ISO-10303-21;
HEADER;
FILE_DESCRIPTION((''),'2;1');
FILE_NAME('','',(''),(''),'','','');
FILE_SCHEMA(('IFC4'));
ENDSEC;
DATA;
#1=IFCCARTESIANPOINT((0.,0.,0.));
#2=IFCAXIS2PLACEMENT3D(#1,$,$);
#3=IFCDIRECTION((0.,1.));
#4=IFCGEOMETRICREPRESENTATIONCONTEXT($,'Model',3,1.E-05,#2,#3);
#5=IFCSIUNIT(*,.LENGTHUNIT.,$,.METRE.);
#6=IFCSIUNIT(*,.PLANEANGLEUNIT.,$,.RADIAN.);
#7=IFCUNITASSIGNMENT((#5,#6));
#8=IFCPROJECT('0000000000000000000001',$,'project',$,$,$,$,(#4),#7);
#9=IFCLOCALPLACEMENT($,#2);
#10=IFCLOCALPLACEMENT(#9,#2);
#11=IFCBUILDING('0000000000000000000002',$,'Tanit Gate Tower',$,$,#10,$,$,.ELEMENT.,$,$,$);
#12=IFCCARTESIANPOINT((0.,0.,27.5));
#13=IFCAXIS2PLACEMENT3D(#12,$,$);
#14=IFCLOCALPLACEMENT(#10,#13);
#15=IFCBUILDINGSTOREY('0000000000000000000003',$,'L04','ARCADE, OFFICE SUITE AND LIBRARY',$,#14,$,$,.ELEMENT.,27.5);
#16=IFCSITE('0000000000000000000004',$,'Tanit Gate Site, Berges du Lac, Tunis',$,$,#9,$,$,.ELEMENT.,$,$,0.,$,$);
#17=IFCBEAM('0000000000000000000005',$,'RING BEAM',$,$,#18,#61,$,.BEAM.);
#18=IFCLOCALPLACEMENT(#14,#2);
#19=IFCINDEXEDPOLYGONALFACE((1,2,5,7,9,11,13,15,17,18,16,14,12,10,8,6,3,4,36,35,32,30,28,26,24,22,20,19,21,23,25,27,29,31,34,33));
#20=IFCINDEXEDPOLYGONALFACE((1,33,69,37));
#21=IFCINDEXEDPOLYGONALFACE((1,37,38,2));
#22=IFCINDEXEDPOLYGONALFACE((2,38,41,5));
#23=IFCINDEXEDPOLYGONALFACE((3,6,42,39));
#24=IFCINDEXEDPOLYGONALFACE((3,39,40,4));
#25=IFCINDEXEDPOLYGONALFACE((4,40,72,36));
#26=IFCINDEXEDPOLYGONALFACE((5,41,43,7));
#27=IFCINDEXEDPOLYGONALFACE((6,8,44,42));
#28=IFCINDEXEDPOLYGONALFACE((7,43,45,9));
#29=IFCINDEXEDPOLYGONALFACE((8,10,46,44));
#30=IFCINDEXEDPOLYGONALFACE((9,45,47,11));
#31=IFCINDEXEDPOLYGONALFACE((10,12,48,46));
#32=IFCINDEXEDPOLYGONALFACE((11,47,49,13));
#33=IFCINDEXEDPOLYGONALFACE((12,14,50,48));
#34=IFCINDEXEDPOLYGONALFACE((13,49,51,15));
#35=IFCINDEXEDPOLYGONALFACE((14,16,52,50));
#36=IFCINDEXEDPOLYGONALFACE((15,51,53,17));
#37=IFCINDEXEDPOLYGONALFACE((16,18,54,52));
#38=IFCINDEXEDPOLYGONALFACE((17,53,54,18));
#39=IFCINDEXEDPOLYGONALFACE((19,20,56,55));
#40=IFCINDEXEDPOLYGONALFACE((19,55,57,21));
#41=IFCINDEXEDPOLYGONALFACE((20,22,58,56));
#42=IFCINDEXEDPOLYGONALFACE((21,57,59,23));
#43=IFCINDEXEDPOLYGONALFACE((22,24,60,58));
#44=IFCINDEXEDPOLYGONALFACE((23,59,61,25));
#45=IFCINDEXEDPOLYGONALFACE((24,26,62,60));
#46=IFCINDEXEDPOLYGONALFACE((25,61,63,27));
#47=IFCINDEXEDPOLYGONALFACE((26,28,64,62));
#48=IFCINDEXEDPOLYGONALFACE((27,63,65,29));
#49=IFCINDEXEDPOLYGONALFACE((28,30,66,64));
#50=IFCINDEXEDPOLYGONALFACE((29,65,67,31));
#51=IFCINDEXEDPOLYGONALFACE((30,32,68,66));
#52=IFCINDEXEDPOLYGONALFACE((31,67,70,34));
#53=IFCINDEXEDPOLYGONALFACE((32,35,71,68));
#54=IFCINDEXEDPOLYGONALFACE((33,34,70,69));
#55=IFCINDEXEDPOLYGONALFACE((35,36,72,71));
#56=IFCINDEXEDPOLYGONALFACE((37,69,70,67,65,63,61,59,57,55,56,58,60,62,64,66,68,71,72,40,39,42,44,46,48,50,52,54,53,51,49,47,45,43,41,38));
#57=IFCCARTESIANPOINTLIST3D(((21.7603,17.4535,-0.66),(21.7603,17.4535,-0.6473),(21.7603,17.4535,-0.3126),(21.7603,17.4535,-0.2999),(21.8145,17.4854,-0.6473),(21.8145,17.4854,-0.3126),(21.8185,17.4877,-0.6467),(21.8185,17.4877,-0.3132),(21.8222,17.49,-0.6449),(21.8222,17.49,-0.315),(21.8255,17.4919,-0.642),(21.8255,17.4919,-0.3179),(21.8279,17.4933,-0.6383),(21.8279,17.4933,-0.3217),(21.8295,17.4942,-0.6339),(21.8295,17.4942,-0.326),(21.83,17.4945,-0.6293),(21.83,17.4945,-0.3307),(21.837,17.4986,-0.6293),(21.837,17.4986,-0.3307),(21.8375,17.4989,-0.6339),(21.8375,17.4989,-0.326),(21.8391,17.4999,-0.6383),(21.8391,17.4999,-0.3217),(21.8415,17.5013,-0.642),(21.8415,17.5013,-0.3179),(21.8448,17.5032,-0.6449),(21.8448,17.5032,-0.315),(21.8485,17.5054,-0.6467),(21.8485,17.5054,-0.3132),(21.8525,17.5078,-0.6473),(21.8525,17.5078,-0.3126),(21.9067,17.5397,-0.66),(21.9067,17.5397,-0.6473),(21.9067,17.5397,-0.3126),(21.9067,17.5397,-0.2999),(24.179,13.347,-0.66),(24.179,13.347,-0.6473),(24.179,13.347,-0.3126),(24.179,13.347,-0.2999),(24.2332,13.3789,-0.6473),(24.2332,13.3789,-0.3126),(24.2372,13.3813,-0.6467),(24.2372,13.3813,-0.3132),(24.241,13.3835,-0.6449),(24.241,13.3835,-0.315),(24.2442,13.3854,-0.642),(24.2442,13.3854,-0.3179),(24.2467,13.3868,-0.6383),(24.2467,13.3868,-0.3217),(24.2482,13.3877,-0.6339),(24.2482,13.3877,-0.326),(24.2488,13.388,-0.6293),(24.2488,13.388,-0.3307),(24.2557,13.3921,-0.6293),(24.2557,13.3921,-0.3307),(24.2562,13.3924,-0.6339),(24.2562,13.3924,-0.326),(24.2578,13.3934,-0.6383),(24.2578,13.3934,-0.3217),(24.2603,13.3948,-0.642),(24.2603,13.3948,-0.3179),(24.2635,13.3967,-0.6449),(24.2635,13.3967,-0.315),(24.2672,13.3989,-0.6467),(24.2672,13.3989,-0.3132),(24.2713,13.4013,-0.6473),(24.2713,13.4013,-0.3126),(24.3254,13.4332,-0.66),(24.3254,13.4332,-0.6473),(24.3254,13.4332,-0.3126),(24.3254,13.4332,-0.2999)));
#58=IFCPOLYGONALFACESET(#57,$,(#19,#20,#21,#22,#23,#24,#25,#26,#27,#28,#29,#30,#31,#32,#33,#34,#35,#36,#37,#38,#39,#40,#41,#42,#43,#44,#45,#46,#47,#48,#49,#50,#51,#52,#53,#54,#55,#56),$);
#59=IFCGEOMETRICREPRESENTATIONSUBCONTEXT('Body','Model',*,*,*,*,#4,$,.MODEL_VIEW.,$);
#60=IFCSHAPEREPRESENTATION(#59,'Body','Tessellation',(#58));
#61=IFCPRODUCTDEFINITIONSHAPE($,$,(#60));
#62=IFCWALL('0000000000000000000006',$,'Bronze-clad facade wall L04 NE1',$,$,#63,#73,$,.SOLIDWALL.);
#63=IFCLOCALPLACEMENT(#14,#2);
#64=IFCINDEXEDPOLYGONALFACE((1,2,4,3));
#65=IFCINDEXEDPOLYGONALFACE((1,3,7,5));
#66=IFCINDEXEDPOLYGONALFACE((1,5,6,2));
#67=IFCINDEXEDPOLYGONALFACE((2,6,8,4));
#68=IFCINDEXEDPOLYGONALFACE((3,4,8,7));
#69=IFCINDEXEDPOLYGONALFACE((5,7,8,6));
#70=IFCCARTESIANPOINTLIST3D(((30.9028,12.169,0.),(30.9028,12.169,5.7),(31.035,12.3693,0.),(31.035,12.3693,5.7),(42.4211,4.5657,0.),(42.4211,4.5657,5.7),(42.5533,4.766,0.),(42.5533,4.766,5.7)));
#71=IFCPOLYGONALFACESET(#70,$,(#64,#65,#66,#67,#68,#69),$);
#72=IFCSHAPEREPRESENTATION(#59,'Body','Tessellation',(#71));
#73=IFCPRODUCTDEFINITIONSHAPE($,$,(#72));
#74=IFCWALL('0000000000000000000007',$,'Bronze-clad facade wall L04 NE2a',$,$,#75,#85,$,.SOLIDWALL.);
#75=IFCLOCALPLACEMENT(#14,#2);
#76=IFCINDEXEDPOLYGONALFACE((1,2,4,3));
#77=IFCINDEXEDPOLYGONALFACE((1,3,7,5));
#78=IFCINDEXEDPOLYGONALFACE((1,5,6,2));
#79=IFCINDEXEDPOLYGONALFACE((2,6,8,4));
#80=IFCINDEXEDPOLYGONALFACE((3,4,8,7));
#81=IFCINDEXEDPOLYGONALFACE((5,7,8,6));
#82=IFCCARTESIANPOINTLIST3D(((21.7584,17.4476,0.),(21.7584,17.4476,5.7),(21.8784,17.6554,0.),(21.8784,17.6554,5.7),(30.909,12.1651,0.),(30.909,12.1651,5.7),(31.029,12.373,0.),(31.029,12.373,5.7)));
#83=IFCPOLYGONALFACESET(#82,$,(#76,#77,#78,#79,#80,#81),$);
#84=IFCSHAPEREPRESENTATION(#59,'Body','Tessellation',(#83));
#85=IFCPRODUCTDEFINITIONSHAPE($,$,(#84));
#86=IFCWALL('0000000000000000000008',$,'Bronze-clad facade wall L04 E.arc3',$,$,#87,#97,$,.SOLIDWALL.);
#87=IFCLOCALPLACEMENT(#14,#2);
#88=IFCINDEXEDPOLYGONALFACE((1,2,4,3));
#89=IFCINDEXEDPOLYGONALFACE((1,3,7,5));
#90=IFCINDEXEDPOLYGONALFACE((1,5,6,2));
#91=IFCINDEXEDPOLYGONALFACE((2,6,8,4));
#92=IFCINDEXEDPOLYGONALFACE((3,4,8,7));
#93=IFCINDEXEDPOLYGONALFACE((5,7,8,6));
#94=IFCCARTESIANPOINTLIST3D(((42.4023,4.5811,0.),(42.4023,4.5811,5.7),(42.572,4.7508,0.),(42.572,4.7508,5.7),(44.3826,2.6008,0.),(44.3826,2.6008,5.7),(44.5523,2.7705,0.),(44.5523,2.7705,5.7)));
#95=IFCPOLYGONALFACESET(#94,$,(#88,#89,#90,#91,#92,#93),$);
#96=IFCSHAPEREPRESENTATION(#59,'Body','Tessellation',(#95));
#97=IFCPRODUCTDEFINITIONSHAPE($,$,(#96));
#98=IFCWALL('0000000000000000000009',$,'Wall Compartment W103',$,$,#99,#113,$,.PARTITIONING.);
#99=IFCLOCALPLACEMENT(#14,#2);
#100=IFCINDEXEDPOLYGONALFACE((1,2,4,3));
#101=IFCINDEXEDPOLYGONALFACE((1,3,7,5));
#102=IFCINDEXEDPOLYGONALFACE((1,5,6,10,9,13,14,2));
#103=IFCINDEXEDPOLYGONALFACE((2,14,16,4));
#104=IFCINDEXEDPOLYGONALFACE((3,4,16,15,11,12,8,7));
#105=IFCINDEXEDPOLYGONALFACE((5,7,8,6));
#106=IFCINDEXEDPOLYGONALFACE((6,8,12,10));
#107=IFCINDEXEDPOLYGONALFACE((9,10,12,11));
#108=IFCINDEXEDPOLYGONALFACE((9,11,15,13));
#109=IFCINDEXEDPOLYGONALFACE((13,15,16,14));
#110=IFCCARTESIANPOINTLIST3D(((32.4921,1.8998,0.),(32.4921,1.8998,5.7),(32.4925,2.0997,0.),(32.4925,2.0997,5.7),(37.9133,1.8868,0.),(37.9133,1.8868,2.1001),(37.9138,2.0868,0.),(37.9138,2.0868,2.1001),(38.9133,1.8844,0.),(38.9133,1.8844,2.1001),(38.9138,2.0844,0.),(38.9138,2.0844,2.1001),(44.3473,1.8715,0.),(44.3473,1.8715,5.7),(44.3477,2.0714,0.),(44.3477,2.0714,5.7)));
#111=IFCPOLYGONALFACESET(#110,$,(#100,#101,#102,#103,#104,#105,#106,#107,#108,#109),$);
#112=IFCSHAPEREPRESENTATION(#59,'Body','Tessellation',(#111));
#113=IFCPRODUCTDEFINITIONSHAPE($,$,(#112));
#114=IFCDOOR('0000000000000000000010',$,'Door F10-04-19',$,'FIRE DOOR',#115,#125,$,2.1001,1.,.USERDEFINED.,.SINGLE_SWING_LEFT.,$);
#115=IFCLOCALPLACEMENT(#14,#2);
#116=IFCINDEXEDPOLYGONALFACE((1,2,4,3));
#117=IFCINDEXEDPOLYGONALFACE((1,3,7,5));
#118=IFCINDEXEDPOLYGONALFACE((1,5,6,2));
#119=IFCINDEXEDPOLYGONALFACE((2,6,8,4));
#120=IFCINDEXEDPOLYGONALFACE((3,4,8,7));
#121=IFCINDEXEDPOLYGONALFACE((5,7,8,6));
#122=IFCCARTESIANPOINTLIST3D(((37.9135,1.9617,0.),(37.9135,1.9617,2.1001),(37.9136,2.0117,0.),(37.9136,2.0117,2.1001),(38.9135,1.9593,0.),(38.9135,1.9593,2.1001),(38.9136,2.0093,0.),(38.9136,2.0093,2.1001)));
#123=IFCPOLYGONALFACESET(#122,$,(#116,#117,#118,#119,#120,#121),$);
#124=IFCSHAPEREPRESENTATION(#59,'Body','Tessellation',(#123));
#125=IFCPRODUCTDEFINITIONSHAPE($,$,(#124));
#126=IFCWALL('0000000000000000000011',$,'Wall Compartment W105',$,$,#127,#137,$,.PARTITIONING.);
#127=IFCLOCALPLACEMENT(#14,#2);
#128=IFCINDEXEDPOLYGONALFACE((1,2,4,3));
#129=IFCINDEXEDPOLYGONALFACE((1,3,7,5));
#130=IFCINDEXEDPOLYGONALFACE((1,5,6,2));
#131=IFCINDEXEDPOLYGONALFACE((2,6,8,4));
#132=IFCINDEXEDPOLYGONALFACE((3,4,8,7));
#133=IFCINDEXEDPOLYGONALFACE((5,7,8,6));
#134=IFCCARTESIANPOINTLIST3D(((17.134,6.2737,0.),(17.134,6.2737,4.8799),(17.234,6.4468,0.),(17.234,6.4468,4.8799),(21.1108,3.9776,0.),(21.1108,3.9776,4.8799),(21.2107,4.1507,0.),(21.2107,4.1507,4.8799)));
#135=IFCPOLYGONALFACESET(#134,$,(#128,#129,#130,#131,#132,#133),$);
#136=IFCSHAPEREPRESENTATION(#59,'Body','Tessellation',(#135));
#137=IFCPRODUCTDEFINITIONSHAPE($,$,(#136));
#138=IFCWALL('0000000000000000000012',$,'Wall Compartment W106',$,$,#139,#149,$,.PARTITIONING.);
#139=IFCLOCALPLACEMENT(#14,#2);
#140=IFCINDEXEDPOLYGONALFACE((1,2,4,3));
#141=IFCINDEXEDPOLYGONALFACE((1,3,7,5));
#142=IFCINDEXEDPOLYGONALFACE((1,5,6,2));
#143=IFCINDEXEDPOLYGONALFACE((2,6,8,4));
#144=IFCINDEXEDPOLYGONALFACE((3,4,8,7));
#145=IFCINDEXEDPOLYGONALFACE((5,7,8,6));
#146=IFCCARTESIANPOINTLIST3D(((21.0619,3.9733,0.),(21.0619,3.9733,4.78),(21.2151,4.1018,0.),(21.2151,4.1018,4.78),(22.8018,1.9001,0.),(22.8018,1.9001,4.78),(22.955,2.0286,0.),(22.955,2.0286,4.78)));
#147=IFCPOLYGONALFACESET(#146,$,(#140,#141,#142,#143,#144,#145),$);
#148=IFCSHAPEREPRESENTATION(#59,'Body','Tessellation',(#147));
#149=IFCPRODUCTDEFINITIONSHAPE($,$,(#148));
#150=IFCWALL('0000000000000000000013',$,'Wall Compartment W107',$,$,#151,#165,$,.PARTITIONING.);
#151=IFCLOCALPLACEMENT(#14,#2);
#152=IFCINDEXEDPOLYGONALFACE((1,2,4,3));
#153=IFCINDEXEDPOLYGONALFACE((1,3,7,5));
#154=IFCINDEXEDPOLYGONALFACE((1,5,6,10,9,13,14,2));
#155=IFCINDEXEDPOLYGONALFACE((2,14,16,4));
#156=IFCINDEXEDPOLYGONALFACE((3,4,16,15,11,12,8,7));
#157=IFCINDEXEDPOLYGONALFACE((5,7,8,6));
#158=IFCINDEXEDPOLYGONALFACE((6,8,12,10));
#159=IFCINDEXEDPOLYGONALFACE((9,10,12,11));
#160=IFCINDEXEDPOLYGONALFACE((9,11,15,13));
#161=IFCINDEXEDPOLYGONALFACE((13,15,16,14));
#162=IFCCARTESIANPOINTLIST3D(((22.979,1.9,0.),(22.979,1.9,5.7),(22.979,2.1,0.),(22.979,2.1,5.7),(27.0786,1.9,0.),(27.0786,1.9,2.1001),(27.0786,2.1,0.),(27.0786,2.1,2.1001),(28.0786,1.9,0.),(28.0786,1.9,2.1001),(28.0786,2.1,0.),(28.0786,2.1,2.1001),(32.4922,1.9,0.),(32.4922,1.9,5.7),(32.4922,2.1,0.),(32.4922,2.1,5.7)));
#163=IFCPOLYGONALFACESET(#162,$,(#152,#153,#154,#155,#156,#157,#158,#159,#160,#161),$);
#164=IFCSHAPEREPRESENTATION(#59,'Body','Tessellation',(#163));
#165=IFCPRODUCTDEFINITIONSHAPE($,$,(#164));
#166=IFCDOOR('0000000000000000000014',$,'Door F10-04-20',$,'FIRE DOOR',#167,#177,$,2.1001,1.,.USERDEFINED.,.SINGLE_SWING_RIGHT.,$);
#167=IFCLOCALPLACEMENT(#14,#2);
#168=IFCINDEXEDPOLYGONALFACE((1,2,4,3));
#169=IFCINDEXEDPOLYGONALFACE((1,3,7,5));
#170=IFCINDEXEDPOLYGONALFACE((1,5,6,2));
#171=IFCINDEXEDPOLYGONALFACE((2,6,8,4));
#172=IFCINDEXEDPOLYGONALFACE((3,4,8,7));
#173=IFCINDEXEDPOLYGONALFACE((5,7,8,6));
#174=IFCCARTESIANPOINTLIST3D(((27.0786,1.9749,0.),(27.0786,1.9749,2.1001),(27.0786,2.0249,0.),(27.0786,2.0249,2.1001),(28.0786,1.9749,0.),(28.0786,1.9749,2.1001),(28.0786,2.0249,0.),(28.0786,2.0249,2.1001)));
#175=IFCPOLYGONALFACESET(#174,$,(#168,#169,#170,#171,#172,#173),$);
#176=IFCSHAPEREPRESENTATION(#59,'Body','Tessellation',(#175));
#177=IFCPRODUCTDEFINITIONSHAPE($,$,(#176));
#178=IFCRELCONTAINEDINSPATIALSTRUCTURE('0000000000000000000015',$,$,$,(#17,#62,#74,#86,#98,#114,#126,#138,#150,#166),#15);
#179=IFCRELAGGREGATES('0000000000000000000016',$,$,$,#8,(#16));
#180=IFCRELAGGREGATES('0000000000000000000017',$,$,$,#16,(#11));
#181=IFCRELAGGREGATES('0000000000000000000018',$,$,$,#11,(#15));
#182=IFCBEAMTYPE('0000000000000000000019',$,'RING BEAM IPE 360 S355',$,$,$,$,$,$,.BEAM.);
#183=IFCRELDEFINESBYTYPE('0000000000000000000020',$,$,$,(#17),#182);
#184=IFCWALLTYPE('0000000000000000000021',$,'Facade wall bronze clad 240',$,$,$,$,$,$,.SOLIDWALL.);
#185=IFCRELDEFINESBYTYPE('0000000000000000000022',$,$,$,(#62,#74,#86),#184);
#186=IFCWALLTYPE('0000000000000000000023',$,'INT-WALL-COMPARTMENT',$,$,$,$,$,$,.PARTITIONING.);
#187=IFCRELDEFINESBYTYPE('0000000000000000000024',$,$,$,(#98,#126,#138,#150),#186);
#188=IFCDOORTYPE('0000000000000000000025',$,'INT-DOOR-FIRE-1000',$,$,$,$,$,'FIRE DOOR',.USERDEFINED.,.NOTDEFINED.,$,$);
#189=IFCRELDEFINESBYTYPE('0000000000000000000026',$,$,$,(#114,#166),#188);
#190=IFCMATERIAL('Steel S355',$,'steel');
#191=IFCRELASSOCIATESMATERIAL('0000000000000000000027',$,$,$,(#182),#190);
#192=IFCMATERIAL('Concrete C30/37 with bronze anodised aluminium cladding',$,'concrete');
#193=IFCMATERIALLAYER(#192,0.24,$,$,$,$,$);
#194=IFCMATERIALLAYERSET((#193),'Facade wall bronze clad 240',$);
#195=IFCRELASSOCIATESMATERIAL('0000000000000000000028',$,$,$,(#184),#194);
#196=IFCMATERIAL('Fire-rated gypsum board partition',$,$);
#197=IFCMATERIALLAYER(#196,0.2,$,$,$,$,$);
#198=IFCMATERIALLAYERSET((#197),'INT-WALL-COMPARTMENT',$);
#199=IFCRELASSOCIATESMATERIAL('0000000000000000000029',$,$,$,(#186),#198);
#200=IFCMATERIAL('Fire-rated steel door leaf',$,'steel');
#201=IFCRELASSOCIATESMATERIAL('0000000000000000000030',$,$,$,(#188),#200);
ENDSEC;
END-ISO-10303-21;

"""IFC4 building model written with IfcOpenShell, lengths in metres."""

from ifc_helpers import new_model, si_unit, direction, frame, frame_2d, origin, origin_2d, place, context, subcontext, project, spatial, rectangle, i_section, extrude, material, layer, layer_set, material_profile, profile_set, type_object, element, fill, save


model = new_model("IFC4")

# Units and contexts
model_context = context("Model", 3, precision=1e-05, world=origin(), true_north=direction((0.0, 1.0)))
body_context = subcontext(model_context, "Body", "Model", "MODEL_VIEW")
ifc_project = project(units=[si_unit("LENGTHUNIT", "METRE"), si_unit("PLANEANGLEUNIT", "RADIAN")], contexts=[model_context])

# Site, building, storey
site_placement = place(None, origin())
site = spatial("IfcSite", under=ifc_project, at=site_placement, Name="Tanit Gate Site, Berges du Lac, Tunis", CompositionType="ELEMENT", RefElevation=0.0)
building_placement = place(site_placement, origin())
building = spatial("IfcBuilding", under=site, at=building_placement, Name="Tanit Gate Tower", CompositionType="ELEMENT")
storey_placement = place(building_placement, frame((0.0, 0.0, 27.5)))
storey = spatial("IfcBuildingStorey", under=building, at=storey_placement, Name="L04", Description="ARCADE, OFFICE SUITE AND LIBRARY", CompositionType="ELEMENT", Elevation=27.5)

# Beam
ifc_material_1 = material(Name="Steel S355", Category="steel")
ifc_material_profile_1 = material_profile(ifc_material_1, i_section(OverallWidth=0.1699, OverallDepth=0.3601, WebThickness=0.0081, FlangeThickness=0.0127, FilletRadius=0.0181, at=origin_2d()), Name="IPE 360")
ifc_profile_set_1 = profile_set([ifc_material_profile_1], Name="Steel S355")
beam_type_1 = type_object("IfcBeamType", Name="RING BEAM IPE 360 S355", PredefinedType="BEAM", material=ifc_profile_set_1)
beam_1_placement = place(storey_placement, frame((21.8335, 17.4966, -0.48), z_axis=(0.50751, -0.861646, 0.0), x_axis=(0.861646, 0.50751, 0.0)))
element("IfcBeam", 1, at=beam_1_placement, inside=storey, type_object=beam_type_1, Name="RING BEAM", PredefinedType="BEAM", context=body_context, shape_type="SweptSolid", body=[
    extrude(i_section(OverallWidth=0.1699, OverallDepth=0.3601, WebThickness=0.0081, FlangeThickness=0.0127, FilletRadius=0.0181, at=origin_2d()), origin(), (0.0, 0.0, 1.0), 4.7659),
])

# Walls
ifc_material_2 = material(Name="Concrete C30/37 with bronze anodised aluminium cladding", Category="concrete")
ifc_layer_1 = layer(ifc_material_2, 0.24)
ifc_layer_set_1 = layer_set([ifc_layer_1], Name="Facade wall bronze clad 240")
wall_type_1 = type_object("IfcWallType", Name="Facade wall bronze clad 240", PredefinedType="SOLIDWALL", material=ifc_layer_set_1)
wall_1_placement = place(storey_placement, frame((42.4873, 4.6658, 0.0), z_axis=(0.0, 0.0, 1.0), x_axis=(-0.83457, 0.550902, 0.0)))
element("IfcWall", 2, at=wall_1_placement, inside=storey, type_object=wall_type_1, Name="Bronze-clad facade wall L04 NE1", PredefinedType="SOLIDWALL", context=body_context, shape_type="SweptSolid", body=[
    extrude(rectangle(XDim=13.8015, YDim=0.24, at=frame_2d((6.9009, 0.0))), origin(), (0.0, 0.0, 1.0), 5.7),
])
wall_2_placement = place(storey_placement, frame((30.969, 12.269, 0.0), z_axis=(0.0, 0.0, 1.0), x_axis=(-0.866052, 0.499954, 0.0)))
element("IfcWall", 3, at=wall_2_placement, inside=storey, type_object=wall_type_1, Name="Bronze-clad facade wall L04 NE2a", PredefinedType="SOLIDWALL", context=body_context, shape_type="SweptSolid", body=[
    extrude(rectangle(XDim=10.5659, YDim=0.24, at=frame_2d((5.283, 0.0))), origin(), (0.0, 0.0, 1.0), 5.7),
])
wall_3_placement = place(storey_placement, frame((44.4675, 2.6855, 0.0), z_axis=(0.0, 0.0, 1.0), x_axis=(-0.707107, 0.707107, 0.0)))
element("IfcWall", 4, at=wall_3_placement, inside=storey, type_object=wall_type_1, Name="Bronze-clad facade wall L04 E.arc3", PredefinedType="SOLIDWALL", context=body_context, shape_type="SweptSolid", body=[
    extrude(rectangle(XDim=2.8005, YDim=0.24, at=frame_2d((1.4004, 0.0))), origin(), (0.0, 0.0, 1.0), 5.7),
])

# Wall, opening, door
ifc_material_3 = material(Name="Fire-rated gypsum board partition")
ifc_layer_2 = layer(ifc_material_3, 0.2)
ifc_layer_set_2 = layer_set([ifc_layer_2], Name="INT-WALL-COMPARTMENT")
wall_type_2 = type_object("IfcWallType", Name="INT-WALL-COMPARTMENT", PredefinedType="PARTITIONING", material=ifc_layer_set_2)
wall_4_placement = place(storey_placement, frame((32.4922, 1.9998, 0.0), z_axis=(0.0, 0.0, 1.0), x_axis=(0.999997, -0.002389, 0.0)))
wall_4 = element("IfcWall", 5, at=wall_4_placement, inside=storey, type_object=wall_type_2, Name="Wall Compartment W103", PredefinedType="PARTITIONING", context=body_context, shape_type="SweptSolid", body=[
    extrude(rectangle(XDim=11.8552, YDim=0.2, at=frame_2d((5.9277, 0.0))), origin(), (0.0, 0.0, 1.0), 5.7),
])
opening_1_placement = place(wall_4_placement, frame((5.4214, 0.0, 0.0)))
opening_1 = element("IfcOpeningElement", 6, at=opening_1_placement, cuts=wall_4, PredefinedType="OPENING", context=body_context, shape_type="SweptSolid", body=[
    extrude(rectangle(XDim=1.0, YDim=2.1001, at=frame_2d((0.5, 1.05))), frame((0.0, 0.1099, 0.0), z_axis=(0.0, -1.0, 0.0), x_axis=(1.0, 0.0, 0.0)), (0.0, 0.0, 1.0), 0.22),
])
ifc_material_4 = material(Name="Fire-rated steel door leaf", Category="steel")
door_type_1 = type_object("IfcDoorType", Name="INT-DOOR-FIRE-1000", ElementType="FIRE DOOR", OperationType="NOTDEFINED", PredefinedType="USERDEFINED", material=ifc_material_4)
door_1_placement = place(opening_1_placement, origin())
door_1 = element("IfcDoor", 7, at=door_1_placement, inside=storey, type_object=door_type_1, Name="Door F10-04-19", ObjectType="FIRE DOOR", OperationType="SINGLE_SWING_LEFT", OverallHeight=2.1001, OverallWidth=1.0, PredefinedType="USERDEFINED", context=body_context, shape_type="SweptSolid", body=[
    extrude(rectangle(XDim=1.0, YDim=2.1001, at=frame_2d((0.5, 1.05))), frame((0.0, 0.0249, 0.0), z_axis=(0.0, -1.0, 0.0), x_axis=(1.0, 0.0, 0.0)), (0.0, 0.0, 1.0), 0.05),
])
fill(opening_1, door_1)

# Walls
wall_5_placement = place(storey_placement, frame((21.1606, 4.0642, 0.0), z_axis=(0.0, 0.0, 1.0), x_axis=(-0.866013, 0.500022, 0.0)))
element("IfcWall", 8, at=wall_5_placement, inside=storey, type_object=wall_type_2, Name="Wall Compartment W105", PredefinedType="PARTITIONING", context=body_context, shape_type="SweptSolid", body=[
    extrude(rectangle(XDim=4.592, YDim=0.2, at=frame_2d((2.2959, 0.0))), origin(), (0.0, 0.0, 1.0), 4.8799),
])
wall_6_placement = place(storey_placement, frame((22.8784, 1.9644, 0.0), z_axis=(0.0, 0.0, 1.0), x_axis=(-0.64286, 0.765984, 0.0)))
element("IfcWall", 9, at=wall_6_placement, inside=storey, type_object=wall_type_2, Name="Wall Compartment W106", PredefinedType="PARTITIONING", context=body_context, shape_type="SweptSolid", body=[
    extrude(rectangle(XDim=2.7065, YDim=0.2, at=frame_2d((1.3533, 0.0))), origin(), (0.0, 0.0, 1.0), 4.78),
])

# Wall, opening, door
wall_7_placement = place(storey_placement, frame((22.979, 2.0, 0.0), z_axis=(0.0, 0.0, 1.0), x_axis=(1.0, 0.0, 0.0)))
wall_7 = element("IfcWall", 10, at=wall_7_placement, inside=storey, type_object=wall_type_2, Name="Wall Compartment W107", PredefinedType="PARTITIONING", context=body_context, shape_type="SweptSolid", body=[
    extrude(rectangle(XDim=9.5132, YDim=0.2, at=frame_2d((4.7566, 0.0))), origin(), (0.0, 0.0, 1.0), 5.7),
])
opening_2_placement = place(wall_7_placement, frame((4.0996, 0.0, 0.0)))
opening_2 = element("IfcOpeningElement", 11, at=opening_2_placement, cuts=wall_7, PredefinedType="OPENING", context=body_context, shape_type="SweptSolid", body=[
    extrude(rectangle(XDim=1.0, YDim=2.1001, at=frame_2d((0.5, 1.05))), frame((0.0, 0.1099, 0.0), z_axis=(0.0, -1.0, 0.0), x_axis=(1.0, 0.0, 0.0)), (0.0, 0.0, 1.0), 0.22),
])
door_2_placement = place(opening_2_placement, origin())
door_2 = element("IfcDoor", 12, at=door_2_placement, inside=storey, type_object=door_type_1, Name="Door F10-04-20", ObjectType="FIRE DOOR", OperationType="SINGLE_SWING_RIGHT", OverallHeight=2.1001, OverallWidth=1.0, PredefinedType="USERDEFINED", context=body_context, shape_type="SweptSolid", body=[
    extrude(rectangle(XDim=1.0, YDim=2.1001, at=frame_2d((0.5, 1.05))), frame((0.0, 0.0249, 0.0), z_axis=(0.0, -1.0, 0.0), x_axis=(1.0, 0.0, 0.0)), (0.0, 0.0, 1.0), 0.05),
])
fill(opening_2, door_2)

save(model, "model.ifc")
